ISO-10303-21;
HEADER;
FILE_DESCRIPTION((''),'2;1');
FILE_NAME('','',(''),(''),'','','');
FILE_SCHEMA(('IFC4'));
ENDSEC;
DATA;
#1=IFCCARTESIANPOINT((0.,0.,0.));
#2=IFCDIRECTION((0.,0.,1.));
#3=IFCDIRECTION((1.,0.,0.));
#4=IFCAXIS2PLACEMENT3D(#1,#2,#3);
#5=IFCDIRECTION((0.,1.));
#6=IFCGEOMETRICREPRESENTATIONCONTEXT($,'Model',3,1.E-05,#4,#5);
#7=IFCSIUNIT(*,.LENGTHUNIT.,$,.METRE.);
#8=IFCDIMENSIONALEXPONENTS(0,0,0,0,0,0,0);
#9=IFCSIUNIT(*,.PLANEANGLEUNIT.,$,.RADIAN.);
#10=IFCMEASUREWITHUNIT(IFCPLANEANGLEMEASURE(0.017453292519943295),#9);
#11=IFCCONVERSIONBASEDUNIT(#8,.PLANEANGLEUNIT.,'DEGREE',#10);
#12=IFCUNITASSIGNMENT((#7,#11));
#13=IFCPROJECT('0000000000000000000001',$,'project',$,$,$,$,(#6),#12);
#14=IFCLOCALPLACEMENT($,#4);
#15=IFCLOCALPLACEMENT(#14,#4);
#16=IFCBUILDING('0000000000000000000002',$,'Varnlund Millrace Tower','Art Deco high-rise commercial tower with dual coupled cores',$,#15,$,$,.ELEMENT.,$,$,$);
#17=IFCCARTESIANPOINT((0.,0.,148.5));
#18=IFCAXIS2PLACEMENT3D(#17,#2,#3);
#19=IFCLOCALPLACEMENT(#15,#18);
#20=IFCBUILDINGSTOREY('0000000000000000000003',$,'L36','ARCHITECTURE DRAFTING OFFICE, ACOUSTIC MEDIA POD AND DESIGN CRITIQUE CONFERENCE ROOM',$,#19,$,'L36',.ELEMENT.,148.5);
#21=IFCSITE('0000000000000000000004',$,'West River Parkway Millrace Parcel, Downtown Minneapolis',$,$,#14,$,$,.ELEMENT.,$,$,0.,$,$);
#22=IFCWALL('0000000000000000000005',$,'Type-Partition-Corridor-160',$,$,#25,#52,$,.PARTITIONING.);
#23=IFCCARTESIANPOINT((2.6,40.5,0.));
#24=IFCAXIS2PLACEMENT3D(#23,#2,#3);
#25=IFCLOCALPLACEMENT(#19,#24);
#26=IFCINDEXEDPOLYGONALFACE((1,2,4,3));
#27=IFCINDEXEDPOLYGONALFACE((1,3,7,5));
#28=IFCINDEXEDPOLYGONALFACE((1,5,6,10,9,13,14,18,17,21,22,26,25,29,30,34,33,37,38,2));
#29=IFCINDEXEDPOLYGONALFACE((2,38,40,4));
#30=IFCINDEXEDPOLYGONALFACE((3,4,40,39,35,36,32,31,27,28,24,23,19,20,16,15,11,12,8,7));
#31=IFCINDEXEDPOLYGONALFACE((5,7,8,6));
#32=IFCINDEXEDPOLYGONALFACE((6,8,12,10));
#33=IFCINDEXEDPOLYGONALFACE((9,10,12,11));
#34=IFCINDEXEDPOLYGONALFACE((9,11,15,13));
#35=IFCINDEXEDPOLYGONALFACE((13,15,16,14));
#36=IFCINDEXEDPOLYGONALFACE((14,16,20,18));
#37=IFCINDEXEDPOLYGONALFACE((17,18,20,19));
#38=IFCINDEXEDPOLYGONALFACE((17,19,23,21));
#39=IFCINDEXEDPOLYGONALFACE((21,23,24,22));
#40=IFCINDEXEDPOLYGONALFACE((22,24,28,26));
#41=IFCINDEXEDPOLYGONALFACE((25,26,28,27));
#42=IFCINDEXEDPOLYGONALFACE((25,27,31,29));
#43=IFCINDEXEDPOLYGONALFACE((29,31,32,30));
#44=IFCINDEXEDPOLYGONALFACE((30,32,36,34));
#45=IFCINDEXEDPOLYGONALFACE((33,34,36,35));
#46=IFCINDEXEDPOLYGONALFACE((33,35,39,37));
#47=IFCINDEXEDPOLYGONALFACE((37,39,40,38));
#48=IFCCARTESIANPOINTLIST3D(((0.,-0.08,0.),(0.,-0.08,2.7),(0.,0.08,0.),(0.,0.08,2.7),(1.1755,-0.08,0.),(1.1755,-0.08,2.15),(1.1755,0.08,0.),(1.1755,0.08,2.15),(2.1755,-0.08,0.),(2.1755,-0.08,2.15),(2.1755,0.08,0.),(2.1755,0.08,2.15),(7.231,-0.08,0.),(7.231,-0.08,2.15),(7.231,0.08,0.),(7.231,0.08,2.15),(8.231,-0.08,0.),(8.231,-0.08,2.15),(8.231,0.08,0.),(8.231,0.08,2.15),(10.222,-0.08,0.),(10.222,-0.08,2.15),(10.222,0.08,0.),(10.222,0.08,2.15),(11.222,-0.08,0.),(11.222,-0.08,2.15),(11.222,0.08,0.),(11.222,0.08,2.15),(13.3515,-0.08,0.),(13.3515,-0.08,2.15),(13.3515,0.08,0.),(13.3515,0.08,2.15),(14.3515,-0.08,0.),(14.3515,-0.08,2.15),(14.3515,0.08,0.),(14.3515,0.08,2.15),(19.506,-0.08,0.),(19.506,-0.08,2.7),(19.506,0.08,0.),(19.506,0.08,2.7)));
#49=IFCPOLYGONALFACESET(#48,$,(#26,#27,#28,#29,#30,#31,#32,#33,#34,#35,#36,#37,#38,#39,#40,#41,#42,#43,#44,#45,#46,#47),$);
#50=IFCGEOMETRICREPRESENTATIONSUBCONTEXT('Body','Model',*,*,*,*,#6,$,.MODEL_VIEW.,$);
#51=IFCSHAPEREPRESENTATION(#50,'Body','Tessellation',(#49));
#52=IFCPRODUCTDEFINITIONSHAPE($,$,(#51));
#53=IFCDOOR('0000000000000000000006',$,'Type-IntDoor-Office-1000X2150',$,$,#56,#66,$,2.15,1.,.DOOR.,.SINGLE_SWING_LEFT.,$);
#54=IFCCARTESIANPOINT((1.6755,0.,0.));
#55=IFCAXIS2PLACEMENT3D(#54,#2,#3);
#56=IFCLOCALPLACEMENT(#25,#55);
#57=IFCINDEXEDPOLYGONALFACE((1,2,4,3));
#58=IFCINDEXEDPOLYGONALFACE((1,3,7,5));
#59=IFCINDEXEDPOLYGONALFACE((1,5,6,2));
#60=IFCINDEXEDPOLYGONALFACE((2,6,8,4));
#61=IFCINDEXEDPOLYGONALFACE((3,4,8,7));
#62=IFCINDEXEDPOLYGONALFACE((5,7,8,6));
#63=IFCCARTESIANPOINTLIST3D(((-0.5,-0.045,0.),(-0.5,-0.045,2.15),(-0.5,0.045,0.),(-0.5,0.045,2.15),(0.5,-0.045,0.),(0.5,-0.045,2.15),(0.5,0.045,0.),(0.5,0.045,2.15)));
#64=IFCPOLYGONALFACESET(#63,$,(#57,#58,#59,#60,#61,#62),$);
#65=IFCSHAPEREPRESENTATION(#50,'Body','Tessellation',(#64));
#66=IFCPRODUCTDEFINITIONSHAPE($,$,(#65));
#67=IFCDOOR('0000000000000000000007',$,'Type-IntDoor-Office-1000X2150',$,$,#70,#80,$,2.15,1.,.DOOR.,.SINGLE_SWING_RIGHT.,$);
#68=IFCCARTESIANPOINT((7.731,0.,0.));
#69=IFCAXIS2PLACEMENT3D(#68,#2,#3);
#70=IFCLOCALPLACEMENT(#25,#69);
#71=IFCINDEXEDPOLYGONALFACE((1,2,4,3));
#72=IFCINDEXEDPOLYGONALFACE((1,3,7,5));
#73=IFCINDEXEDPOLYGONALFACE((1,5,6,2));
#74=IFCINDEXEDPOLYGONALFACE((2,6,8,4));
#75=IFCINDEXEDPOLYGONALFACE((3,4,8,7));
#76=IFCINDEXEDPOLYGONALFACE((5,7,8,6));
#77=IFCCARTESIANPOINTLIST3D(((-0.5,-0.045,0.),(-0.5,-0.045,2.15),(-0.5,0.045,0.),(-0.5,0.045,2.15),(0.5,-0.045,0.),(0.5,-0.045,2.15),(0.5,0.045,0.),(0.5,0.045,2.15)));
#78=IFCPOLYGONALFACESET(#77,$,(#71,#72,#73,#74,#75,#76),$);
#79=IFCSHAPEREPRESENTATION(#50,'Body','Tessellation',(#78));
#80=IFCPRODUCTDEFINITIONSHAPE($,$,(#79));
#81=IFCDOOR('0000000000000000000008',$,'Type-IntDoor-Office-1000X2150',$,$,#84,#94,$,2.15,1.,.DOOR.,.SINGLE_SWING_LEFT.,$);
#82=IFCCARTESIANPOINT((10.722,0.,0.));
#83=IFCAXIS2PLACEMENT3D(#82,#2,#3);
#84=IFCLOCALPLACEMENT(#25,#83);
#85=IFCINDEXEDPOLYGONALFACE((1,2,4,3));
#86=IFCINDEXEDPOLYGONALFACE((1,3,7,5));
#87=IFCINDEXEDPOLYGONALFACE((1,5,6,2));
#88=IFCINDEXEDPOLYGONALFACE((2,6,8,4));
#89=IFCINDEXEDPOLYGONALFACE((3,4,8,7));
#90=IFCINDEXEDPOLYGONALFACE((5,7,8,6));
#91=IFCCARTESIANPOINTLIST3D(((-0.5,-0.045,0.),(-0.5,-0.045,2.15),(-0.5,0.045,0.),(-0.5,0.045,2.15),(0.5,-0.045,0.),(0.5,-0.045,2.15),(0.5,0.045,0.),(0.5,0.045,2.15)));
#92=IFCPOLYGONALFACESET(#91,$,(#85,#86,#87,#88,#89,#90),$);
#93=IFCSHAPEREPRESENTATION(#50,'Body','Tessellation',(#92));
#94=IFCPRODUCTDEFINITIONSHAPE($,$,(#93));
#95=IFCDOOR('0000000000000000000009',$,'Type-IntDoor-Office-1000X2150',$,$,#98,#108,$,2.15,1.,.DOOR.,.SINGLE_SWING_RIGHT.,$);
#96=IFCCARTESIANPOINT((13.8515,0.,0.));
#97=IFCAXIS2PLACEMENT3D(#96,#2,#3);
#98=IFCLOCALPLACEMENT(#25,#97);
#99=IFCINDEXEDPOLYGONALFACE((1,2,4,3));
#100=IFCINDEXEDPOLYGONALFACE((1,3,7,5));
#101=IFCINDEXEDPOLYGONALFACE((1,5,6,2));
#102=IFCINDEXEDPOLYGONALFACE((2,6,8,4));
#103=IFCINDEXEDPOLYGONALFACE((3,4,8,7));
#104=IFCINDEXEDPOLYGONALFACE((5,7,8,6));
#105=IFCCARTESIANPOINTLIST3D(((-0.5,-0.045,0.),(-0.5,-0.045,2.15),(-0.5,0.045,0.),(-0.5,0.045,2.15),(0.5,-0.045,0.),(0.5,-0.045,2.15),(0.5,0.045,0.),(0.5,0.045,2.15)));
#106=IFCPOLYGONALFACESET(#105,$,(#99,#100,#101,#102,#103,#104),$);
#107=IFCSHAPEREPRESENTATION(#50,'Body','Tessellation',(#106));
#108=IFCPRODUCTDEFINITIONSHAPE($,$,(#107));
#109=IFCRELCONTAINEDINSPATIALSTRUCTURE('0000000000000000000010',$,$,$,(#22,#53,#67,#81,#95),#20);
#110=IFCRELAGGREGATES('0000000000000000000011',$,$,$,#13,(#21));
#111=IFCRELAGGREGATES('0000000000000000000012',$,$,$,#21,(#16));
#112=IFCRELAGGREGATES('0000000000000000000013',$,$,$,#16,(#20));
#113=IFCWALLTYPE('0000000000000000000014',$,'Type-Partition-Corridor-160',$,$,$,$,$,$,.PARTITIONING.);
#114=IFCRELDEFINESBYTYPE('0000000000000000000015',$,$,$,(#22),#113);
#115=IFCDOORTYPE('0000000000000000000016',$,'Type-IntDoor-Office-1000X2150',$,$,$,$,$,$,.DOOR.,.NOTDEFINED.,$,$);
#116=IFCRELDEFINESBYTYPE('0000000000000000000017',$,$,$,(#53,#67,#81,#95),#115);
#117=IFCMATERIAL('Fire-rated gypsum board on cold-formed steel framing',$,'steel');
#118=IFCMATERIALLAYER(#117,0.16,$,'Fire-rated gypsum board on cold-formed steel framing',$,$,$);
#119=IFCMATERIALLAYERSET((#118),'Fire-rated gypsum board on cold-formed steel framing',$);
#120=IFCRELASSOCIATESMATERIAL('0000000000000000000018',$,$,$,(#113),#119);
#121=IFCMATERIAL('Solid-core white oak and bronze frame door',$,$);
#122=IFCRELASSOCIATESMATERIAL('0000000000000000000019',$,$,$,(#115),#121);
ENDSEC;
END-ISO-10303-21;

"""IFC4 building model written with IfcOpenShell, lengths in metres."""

from ifc_helpers import new_model, entity, si_unit, converted_unit, direction, frame, origin_with_axes, origin_2d_with_axis, place, context, subcontext, project, spatial, polyline, rectangle, outline, extrude, material, layer, layer_set, type_object, element, fill, save


model = new_model("IFC4")

# Units and contexts
model_context = context("Model", 3, precision=1e-05, world=origin_with_axes(), true_north=direction((0.0, 1.0)))
body_context = subcontext(model_context, "Body", "Model", "MODEL_VIEW")
ifc_project = project(units=[si_unit("LENGTHUNIT", "METRE"), converted_unit("PLANEANGLEUNIT", "DEGREE", entity("IfcPlaneAngleMeasure", 0.017453292519943295), si_unit("PLANEANGLEUNIT", "RADIAN"), dimensions=[0, 0, 0, 0, 0, 0, 0])], contexts=[model_context])

# Site, building, storey
site_placement = place(None, origin_with_axes())
site = spatial("IfcSite", under=ifc_project, at=site_placement, Name="West River Parkway Millrace Parcel, Downtown Minneapolis", CompositionType="ELEMENT", RefElevation=0.0)
building_placement = place(site_placement, origin_with_axes())
building = spatial("IfcBuilding", under=site, at=building_placement, Name="Varnlund Millrace Tower", Description="Art Deco high-rise commercial tower with dual coupled cores", CompositionType="ELEMENT")
storey_placement = place(building_placement, frame((0.0, 0.0, 148.5), z_axis=(0.0, 0.0, 1.0), x_axis=(1.0, 0.0, 0.0)))
storey = spatial("IfcBuildingStorey", under=building, at=storey_placement, Name="L36", Description="ARCHITECTURE DRAFTING OFFICE, ACOUSTIC MEDIA POD AND DESIGN CRITIQUE CONFERENCE ROOM", LongName="L36", CompositionType="ELEMENT", Elevation=148.5)

# Shared definitions
ifc_material_1 = material(Name="Fire-rated gypsum board on cold-formed steel framing", Category="steel")
ifc_layer_1 = layer(ifc_material_1, 0.16, Name="Fire-rated gypsum board on cold-formed steel framing")
ifc_layer_set_1 = layer_set([ifc_layer_1], Name="Fire-rated gypsum board on cold-formed steel framing")
wall_type_1 = type_object("IfcWallType", Name="Type-Partition-Corridor-160", PredefinedType="PARTITIONING", material=ifc_layer_set_1)

# Wall, openings, doors
wall_1_placement = place(storey_placement, frame((2.6, 40.5, 0.0), z_axis=(0.0, 0.0, 1.0), x_axis=(1.0, 0.0, 0.0)))
wall_1 = element("IfcWall", 1, at=wall_1_placement, inside=storey, type_object=wall_type_1, Name="Type-Partition-Corridor-160", PredefinedType="PARTITIONING", context=body_context, shape_type="SweptSolid", body=[
    extrude(outline(polyline([(0.0, -0.08), (19.506, -0.08), (19.506, 0.08), (0.0, 0.08), (0.0, -0.08)])), origin_with_axes(), (0.0, 0.0, 1.0), 2.7),
])
opening_1_placement = place(wall_1_placement, frame((1.6755, 0.0, 0.0), z_axis=(0.0, 0.0, 1.0), x_axis=(1.0, 0.0, 0.0)))
opening_1 = element("IfcOpeningElement", 2, at=opening_1_placement, cuts=wall_1, PredefinedType="OPENING", context=body_context, shape_type="SweptSolid", body=[
    extrude(rectangle(XDim=1.0, YDim=0.18, at=origin_2d_with_axis()), origin_with_axes(), (0.0, 0.0, 1.0), 2.15),
])
opening_2_placement = place(wall_1_placement, frame((7.731, 0.0, 0.0), z_axis=(0.0, 0.0, 1.0), x_axis=(1.0, 0.0, 0.0)))
opening_2 = element("IfcOpeningElement", 3, at=opening_2_placement, cuts=wall_1, PredefinedType="OPENING", context=body_context, shape_type="SweptSolid", body=[
    extrude(rectangle(XDim=1.0, YDim=0.18, at=origin_2d_with_axis()), origin_with_axes(), (0.0, 0.0, 1.0), 2.15),
])
opening_3_placement = place(wall_1_placement, frame((10.722, 0.0, 0.0), z_axis=(0.0, 0.0, 1.0), x_axis=(1.0, 0.0, 0.0)))
opening_3 = element("IfcOpeningElement", 4, at=opening_3_placement, cuts=wall_1, PredefinedType="OPENING", context=body_context, shape_type="SweptSolid", body=[
    extrude(rectangle(XDim=1.0, YDim=0.18, at=origin_2d_with_axis()), origin_with_axes(), (0.0, 0.0, 1.0), 2.15),
])
opening_4_placement = place(wall_1_placement, frame((13.8515, 0.0, 0.0), z_axis=(0.0, 0.0, 1.0), x_axis=(1.0, 0.0, 0.0)))
opening_4 = element("IfcOpeningElement", 5, at=opening_4_placement, cuts=wall_1, PredefinedType="OPENING", context=body_context, shape_type="SweptSolid", body=[
    extrude(rectangle(XDim=1.0, YDim=0.18, at=origin_2d_with_axis()), origin_with_axes(), (0.0, 0.0, 1.0), 2.15),
])
ifc_material_2 = material(Name="Solid-core white oak and bronze frame door")
door_type_1 = type_object("IfcDoorType", Name="Type-IntDoor-Office-1000X2150", OperationType="NOTDEFINED", PredefinedType="DOOR", material=ifc_material_2)
door_1_placement = place(wall_1_placement, frame((1.6755, 0.0, 0.0), z_axis=(0.0, 0.0, 1.0), x_axis=(1.0, 0.0, 0.0)))
door_1 = element("IfcDoor", 6, at=door_1_placement, inside=storey, type_object=door_type_1, Name="Type-IntDoor-Office-1000X2150", OperationType="SINGLE_SWING_LEFT", OverallHeight=2.15, OverallWidth=1.0, PredefinedType="DOOR", context=body_context, shape_type="SweptSolid", body=[
    extrude(rectangle(XDim=1.0, YDim=0.09, at=origin_2d_with_axis()), origin_with_axes(), (0.0, 0.0, 1.0), 2.15),
])
fill(opening_1, door_1)
door_2_placement = place(wall_1_placement, frame((7.731, 0.0, 0.0), z_axis=(0.0, 0.0, 1.0), x_axis=(1.0, 0.0, 0.0)))
door_2 = element("IfcDoor", 7, at=door_2_placement, inside=storey, type_object=door_type_1, Name="Type-IntDoor-Office-1000X2150", OperationType="SINGLE_SWING_RIGHT", OverallHeight=2.15, OverallWidth=1.0, PredefinedType="DOOR", context=body_context, shape_type="SweptSolid", body=[
    extrude(rectangle(XDim=1.0, YDim=0.09, at=origin_2d_with_axis()), origin_with_axes(), (0.0, 0.0, 1.0), 2.15),
])
fill(opening_2, door_2)
door_3_placement = place(wall_1_placement, frame((10.722, 0.0, 0.0), z_axis=(0.0, 0.0, 1.0), x_axis=(1.0, 0.0, 0.0)))
door_3 = element("IfcDoor", 8, at=door_3_placement, inside=storey, type_object=door_type_1, Name="Type-IntDoor-Office-1000X2150", OperationType="SINGLE_SWING_LEFT", OverallHeight=2.15, OverallWidth=1.0, PredefinedType="DOOR", context=body_context, shape_type="SweptSolid", body=[
    extrude(rectangle(XDim=1.0, YDim=0.09, at=origin_2d_with_axis()), origin_with_axes(), (0.0, 0.0, 1.0), 2.15),
])
fill(opening_3, door_3)
door_4_placement = place(wall_1_placement, frame((13.8515, 0.0, 0.0), z_axis=(0.0, 0.0, 1.0), x_axis=(1.0, 0.0, 0.0)))
door_4 = element("IfcDoor", 9, at=door_4_placement, inside=storey, type_object=door_type_1, Name="Type-IntDoor-Office-1000X2150", OperationType="SINGLE_SWING_RIGHT", OverallHeight=2.15, OverallWidth=1.0, PredefinedType="DOOR", context=body_context, shape_type="SweptSolid", body=[
    extrude(rectangle(XDim=1.0, YDim=0.09, at=origin_2d_with_axis()), origin_with_axes(), (0.0, 0.0, 1.0), 2.15),
])
fill(opening_4, door_4)

save(model, "model.ifc")
